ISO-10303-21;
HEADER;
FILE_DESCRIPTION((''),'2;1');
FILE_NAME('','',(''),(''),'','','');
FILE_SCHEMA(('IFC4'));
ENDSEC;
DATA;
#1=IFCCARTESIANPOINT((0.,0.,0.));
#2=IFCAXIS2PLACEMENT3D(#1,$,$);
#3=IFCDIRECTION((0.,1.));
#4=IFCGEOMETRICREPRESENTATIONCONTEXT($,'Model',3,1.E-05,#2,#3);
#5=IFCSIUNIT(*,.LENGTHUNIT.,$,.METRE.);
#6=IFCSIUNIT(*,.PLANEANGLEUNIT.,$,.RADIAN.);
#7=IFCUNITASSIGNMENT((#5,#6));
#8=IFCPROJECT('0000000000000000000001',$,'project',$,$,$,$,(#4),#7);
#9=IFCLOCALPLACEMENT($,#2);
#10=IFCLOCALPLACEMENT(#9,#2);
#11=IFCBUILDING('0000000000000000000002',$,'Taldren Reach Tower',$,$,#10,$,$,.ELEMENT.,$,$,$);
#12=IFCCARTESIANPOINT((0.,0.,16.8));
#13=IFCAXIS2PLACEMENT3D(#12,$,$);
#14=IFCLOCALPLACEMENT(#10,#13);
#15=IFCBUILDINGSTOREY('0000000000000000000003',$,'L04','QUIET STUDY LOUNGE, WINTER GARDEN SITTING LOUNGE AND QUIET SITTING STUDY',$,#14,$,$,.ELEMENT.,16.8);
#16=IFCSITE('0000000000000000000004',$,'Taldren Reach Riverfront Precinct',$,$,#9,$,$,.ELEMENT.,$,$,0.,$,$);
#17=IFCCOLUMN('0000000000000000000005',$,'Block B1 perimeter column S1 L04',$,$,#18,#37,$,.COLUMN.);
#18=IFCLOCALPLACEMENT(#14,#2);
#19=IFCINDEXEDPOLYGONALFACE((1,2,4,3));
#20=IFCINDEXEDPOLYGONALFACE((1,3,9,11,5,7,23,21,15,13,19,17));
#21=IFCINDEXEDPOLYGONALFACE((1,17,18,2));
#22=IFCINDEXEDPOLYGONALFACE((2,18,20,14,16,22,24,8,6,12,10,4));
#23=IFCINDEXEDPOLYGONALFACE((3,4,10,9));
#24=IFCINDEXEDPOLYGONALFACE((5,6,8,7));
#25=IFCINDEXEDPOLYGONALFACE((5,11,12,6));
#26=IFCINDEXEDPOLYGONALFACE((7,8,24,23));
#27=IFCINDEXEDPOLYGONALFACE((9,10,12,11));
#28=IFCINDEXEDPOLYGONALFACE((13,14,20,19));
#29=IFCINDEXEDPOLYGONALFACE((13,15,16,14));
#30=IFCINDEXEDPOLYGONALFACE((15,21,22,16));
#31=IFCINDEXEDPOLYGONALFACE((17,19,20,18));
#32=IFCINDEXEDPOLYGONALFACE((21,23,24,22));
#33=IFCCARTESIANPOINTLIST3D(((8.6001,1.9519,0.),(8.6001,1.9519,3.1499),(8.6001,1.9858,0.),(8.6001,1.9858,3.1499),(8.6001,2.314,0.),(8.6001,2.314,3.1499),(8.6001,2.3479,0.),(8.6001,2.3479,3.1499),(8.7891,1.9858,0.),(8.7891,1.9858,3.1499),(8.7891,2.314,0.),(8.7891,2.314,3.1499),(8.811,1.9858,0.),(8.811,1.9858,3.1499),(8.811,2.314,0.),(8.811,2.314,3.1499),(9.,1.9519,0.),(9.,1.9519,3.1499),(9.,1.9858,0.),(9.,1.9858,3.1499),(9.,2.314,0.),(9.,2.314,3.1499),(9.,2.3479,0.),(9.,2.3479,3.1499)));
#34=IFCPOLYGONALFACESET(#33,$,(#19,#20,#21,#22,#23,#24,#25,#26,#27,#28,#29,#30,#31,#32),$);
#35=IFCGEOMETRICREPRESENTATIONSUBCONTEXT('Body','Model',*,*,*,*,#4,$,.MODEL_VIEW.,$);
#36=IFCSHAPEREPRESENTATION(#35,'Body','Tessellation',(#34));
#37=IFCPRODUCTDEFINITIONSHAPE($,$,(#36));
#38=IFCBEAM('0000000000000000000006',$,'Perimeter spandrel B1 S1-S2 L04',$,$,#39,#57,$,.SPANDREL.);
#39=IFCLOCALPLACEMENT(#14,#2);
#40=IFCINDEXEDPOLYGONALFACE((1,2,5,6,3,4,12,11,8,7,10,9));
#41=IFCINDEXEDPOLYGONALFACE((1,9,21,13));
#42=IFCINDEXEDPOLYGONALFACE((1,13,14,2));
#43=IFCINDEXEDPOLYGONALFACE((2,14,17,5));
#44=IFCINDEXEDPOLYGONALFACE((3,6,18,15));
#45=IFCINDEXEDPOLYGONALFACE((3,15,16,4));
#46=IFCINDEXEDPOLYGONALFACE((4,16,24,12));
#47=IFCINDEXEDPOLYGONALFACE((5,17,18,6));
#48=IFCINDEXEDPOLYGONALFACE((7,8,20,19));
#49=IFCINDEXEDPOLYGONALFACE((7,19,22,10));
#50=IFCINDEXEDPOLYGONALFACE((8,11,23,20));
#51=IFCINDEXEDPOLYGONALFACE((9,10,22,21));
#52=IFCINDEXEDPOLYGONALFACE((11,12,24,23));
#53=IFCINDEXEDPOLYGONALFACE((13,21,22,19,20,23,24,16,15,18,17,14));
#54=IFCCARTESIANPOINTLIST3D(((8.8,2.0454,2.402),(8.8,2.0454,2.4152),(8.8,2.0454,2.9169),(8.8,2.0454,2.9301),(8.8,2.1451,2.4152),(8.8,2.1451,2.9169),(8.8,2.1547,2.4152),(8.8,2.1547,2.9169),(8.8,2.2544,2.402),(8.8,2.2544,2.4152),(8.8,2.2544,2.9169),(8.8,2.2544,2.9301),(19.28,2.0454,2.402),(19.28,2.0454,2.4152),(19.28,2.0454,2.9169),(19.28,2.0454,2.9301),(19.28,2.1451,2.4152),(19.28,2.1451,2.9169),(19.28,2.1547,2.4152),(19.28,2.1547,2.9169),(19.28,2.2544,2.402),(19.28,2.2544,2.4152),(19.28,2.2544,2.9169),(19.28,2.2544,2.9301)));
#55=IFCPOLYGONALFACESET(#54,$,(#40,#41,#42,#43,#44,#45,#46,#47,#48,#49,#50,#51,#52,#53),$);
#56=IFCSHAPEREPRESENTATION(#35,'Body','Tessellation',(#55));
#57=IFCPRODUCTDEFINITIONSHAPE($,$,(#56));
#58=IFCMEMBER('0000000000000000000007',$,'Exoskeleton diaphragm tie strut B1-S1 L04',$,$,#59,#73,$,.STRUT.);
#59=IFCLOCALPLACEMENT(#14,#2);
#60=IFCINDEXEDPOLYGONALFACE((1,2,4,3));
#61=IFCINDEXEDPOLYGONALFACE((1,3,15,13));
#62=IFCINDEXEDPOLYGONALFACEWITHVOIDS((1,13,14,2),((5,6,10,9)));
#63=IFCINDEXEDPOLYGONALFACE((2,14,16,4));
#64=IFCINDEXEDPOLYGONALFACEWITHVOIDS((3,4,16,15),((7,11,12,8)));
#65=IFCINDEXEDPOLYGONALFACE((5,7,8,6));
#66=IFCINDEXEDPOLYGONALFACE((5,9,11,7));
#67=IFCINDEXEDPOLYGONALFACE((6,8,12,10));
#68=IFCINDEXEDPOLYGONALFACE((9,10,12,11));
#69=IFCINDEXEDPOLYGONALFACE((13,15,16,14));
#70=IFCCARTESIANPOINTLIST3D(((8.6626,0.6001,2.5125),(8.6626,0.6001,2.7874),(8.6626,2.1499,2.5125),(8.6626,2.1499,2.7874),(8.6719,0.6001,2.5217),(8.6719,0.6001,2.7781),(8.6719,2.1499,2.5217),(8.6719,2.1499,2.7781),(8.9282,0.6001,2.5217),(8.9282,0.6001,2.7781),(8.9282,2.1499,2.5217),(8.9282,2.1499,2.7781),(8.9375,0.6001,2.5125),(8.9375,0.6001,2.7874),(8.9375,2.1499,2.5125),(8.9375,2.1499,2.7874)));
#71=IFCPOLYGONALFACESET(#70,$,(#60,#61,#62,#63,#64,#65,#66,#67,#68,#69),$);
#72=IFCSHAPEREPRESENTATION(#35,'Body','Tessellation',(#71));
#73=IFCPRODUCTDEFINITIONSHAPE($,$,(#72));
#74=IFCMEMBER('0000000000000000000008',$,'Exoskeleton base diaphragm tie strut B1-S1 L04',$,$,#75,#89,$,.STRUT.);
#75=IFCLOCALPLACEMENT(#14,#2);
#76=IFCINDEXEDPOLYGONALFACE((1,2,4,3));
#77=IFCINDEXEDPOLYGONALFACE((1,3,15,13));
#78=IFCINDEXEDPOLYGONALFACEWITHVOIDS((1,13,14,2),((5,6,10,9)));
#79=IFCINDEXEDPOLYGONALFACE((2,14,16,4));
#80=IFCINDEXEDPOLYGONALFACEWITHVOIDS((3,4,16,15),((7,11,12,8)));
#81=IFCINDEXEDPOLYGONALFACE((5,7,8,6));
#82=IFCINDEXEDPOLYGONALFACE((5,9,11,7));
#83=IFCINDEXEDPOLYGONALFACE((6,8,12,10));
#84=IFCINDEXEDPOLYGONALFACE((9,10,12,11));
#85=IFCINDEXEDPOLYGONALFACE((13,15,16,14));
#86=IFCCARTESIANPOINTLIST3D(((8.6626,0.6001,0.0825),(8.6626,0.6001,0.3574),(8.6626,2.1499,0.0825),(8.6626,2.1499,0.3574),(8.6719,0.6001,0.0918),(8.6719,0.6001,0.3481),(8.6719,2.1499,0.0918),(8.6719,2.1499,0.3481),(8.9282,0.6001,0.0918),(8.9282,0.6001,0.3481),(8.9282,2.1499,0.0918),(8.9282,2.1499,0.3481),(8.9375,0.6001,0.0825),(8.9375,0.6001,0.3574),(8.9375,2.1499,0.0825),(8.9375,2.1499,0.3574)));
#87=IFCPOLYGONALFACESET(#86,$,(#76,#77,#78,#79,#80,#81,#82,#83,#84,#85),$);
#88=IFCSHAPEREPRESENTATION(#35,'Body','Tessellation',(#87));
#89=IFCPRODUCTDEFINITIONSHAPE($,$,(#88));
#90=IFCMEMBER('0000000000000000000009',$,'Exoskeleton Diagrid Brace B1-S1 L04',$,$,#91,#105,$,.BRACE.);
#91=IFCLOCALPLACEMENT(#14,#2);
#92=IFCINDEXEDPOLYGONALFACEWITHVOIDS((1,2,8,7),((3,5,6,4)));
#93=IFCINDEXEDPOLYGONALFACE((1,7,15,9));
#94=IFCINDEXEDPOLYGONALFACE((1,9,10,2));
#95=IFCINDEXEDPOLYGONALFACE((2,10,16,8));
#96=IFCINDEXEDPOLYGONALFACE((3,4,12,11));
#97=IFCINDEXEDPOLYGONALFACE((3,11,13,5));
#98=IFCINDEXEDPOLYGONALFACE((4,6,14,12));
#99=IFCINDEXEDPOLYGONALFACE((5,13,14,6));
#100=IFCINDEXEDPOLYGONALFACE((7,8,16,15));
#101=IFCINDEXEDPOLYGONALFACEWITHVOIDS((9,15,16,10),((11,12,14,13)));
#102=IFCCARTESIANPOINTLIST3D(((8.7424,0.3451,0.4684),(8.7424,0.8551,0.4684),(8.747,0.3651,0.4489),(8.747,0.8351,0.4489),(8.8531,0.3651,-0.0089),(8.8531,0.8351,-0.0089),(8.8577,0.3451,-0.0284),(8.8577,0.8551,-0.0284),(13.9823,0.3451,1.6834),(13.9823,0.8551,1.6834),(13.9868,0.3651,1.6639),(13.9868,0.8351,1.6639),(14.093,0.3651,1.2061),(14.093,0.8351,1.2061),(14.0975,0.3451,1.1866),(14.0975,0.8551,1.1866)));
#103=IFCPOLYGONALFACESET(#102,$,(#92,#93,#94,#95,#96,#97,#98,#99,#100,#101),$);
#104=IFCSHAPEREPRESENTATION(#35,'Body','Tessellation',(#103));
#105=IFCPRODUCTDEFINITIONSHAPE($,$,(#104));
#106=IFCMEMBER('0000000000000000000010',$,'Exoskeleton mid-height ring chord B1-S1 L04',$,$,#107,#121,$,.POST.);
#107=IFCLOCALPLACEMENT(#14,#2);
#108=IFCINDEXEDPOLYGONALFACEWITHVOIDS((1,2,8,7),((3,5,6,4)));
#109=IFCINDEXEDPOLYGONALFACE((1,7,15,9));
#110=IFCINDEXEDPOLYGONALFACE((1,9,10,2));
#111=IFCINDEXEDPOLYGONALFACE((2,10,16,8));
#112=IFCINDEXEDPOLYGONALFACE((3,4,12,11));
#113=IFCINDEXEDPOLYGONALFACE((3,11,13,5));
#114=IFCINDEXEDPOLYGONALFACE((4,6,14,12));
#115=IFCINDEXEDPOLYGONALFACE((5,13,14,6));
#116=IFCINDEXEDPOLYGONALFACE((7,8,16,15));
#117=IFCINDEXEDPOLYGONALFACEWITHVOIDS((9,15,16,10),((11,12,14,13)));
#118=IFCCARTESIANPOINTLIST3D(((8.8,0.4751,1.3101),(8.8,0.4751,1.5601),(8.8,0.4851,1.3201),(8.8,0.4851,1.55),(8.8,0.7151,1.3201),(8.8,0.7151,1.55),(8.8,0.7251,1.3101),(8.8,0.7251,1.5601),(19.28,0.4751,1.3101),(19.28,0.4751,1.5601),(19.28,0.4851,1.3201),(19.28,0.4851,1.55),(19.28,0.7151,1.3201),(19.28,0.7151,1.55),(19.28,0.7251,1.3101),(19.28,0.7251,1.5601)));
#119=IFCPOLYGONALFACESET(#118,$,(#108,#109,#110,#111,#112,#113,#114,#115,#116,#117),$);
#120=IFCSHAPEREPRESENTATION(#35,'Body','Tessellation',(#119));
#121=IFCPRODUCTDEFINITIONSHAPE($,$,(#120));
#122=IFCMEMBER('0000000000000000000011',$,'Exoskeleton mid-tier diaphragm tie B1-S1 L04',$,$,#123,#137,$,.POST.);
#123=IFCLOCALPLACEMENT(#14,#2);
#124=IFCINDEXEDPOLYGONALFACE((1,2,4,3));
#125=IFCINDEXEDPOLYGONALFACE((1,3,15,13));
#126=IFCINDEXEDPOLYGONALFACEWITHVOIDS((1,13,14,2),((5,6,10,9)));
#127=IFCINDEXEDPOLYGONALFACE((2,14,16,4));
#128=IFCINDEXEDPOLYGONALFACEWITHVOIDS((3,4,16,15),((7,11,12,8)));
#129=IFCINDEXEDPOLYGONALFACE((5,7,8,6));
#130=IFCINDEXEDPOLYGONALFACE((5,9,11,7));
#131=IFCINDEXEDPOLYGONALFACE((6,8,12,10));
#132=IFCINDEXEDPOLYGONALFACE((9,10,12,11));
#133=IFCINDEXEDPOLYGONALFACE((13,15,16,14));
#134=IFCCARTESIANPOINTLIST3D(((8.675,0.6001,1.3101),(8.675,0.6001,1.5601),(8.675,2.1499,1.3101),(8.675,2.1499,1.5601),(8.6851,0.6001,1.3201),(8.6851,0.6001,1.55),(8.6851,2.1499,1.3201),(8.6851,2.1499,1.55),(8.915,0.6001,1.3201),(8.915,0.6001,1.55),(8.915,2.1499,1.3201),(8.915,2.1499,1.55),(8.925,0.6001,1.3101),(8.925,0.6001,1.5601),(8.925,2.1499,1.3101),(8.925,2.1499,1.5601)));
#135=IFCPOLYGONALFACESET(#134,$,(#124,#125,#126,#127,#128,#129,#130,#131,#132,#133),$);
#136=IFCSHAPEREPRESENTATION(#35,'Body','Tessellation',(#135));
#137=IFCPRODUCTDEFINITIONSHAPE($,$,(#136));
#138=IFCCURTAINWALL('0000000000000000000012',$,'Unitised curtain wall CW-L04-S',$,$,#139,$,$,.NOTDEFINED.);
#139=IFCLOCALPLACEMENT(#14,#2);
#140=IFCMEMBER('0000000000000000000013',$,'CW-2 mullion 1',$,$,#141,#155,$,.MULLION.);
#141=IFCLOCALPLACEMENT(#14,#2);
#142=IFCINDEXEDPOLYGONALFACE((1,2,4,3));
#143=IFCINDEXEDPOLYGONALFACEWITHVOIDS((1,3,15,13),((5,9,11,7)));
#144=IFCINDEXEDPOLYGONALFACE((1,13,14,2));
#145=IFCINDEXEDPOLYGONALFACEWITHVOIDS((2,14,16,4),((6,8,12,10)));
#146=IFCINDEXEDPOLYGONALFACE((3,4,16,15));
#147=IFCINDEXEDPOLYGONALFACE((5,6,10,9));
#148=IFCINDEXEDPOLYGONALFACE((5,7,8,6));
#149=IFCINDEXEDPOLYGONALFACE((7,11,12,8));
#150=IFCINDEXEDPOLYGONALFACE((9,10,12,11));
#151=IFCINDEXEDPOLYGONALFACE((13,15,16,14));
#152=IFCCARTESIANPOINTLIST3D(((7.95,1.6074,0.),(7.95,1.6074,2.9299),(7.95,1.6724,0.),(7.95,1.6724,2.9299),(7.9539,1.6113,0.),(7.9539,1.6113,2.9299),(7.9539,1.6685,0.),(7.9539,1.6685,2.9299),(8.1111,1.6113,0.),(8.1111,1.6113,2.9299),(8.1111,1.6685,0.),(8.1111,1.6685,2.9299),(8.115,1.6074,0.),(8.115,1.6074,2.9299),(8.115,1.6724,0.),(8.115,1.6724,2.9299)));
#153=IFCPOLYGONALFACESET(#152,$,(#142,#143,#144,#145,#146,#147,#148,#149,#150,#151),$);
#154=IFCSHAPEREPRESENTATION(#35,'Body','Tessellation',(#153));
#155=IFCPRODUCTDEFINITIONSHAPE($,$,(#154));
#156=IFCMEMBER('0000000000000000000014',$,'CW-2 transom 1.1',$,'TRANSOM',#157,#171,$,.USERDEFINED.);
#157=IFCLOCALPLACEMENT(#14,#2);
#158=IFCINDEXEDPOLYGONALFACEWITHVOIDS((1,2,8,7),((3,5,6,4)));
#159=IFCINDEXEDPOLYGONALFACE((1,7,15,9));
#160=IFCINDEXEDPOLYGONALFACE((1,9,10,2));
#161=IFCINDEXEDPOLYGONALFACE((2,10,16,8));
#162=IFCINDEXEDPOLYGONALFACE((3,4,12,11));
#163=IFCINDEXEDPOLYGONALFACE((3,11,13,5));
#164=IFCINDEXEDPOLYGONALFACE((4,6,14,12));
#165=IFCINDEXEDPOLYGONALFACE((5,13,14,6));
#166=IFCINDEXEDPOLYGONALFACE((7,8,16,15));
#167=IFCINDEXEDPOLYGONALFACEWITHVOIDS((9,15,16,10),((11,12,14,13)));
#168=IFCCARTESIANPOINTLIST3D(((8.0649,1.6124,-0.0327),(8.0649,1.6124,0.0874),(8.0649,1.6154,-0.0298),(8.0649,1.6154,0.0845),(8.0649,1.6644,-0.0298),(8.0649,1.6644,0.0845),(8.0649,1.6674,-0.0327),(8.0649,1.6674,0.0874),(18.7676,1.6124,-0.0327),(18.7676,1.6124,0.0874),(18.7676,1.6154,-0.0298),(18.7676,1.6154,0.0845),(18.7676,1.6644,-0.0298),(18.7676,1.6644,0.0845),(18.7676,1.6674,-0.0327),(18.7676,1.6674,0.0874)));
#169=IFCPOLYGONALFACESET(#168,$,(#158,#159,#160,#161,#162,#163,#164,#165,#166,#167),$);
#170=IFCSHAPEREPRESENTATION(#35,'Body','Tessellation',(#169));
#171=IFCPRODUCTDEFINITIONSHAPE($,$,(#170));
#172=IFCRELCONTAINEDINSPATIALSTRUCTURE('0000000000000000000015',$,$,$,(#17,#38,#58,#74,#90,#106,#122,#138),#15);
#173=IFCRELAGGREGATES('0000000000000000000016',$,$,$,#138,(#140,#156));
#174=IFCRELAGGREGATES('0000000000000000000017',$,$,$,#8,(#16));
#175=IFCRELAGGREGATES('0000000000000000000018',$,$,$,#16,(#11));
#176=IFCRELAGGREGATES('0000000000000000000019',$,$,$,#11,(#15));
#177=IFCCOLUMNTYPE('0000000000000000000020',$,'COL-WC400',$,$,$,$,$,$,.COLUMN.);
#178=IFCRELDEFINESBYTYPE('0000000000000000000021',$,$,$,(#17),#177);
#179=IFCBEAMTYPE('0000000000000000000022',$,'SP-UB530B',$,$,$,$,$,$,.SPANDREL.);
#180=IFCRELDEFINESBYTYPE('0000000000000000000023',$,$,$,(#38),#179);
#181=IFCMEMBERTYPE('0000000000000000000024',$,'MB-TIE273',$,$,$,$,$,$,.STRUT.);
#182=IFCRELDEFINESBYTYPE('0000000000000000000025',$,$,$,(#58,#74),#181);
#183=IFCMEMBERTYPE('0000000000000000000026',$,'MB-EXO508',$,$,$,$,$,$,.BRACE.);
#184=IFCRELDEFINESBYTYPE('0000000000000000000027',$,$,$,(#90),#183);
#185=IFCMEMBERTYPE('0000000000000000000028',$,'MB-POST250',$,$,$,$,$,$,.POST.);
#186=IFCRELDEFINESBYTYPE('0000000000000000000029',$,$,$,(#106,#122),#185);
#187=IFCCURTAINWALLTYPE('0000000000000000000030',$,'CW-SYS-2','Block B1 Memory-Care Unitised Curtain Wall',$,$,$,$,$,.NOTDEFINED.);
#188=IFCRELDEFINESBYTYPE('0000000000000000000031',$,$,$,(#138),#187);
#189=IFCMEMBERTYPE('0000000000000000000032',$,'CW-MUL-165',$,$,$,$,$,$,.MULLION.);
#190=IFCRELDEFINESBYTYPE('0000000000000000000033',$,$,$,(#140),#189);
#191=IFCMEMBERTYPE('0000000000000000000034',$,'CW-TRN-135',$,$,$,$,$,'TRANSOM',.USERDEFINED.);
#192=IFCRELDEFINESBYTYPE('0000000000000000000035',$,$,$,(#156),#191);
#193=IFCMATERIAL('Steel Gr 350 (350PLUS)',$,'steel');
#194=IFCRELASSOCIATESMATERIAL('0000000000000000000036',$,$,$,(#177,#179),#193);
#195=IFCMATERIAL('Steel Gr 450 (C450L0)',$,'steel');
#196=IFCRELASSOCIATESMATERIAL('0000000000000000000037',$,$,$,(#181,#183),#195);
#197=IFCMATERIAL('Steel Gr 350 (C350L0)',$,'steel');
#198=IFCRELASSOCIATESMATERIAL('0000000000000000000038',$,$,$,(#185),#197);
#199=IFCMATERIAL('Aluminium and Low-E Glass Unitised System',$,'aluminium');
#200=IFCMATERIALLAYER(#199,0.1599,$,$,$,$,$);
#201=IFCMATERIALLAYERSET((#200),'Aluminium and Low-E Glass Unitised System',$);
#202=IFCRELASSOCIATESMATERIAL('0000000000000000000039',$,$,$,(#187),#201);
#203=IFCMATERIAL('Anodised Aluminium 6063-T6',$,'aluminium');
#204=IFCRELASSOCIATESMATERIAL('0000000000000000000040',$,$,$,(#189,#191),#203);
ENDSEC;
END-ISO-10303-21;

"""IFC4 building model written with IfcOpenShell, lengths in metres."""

from ifc_helpers import new_model, si_unit, direction, frame, origin, origin_2d, place, context, subcontext, project, spatial, hollow_rectangle, i_section, extrude, source, transform, mapped, material, layer, layer_set, material_profile, profile_set, type_object, element, aggregate, save


model = new_model("IFC4")

# Units and contexts
model_context = context("Model", 3, precision=1e-05, world=origin(), true_north=direction((0.0, 1.0)))
body_context = subcontext(model_context, "Body", "Model", "MODEL_VIEW")
ifc_project = project(units=[si_unit("LENGTHUNIT", "METRE"), si_unit("PLANEANGLEUNIT", "RADIAN")], contexts=[model_context])

# Site, building, storey
site_placement = place(None, origin())
site = spatial("IfcSite", under=ifc_project, at=site_placement, Name="Taldren Reach Riverfront Precinct", CompositionType="ELEMENT", RefElevation=0.0)
building_placement = place(site_placement, origin())
building = spatial("IfcBuilding", under=site, at=building_placement, Name="Taldren Reach Tower", CompositionType="ELEMENT")
storey_placement = place(building_placement, frame((0.0, 0.0, 16.8)))
storey = spatial("IfcBuildingStorey", under=building, at=storey_placement, Name="L04", Description="QUIET STUDY LOUNGE, WINTER GARDEN SITTING LOUNGE AND QUIET SITTING STUDY", CompositionType="ELEMENT", Elevation=16.8)

# Column
ifc_material_1 = material(Name="Steel Gr 350 (350PLUS)", Category="steel")
ifc_material_profile_1 = material_profile(ifc_material_1, i_section(OverallWidth=0.3999, OverallDepth=0.396, WebThickness=0.022, FlangeThickness=0.0339, at=origin_2d()), Name="400WC270")
ifc_profile_set_1 = profile_set([ifc_material_profile_1], Name="Steel Gr 350 (350PLUS)")
column_type = type_object("IfcColumnType", Name="COL-WC400", PredefinedType="COLUMN", material=ifc_profile_set_1)
shared_shape_1 = source(origin(), body_context, "Body", "SweptSolid", [
    extrude(i_section(OverallWidth=0.3999, OverallDepth=0.396, WebThickness=0.022, FlangeThickness=0.0339, at=origin_2d()), origin(), (0.0, 0.0, 1.0), 3.1499),
])
column_placement = place(storey_placement, frame((8.8, 2.1499, 0.0), z_axis=(0.0, 0.0, 1.0), x_axis=(1.0, 0.0, 0.0)))
element("IfcColumn", 1, at=column_placement, inside=storey, type_object=column_type, Name="Block B1 perimeter column S1 L04", PredefinedType="COLUMN", context=body_context, shape_type="MappedRepresentation", body=[
    mapped(shared_shape_1, transform((0.0, 0.0, 0.0), scale=1.0)),
])

# Beam
ifc_material_profile_2 = material_profile(ifc_material_1, i_section(OverallWidth=0.209, OverallDepth=0.5281, WebThickness=0.0095, FlangeThickness=0.0132, at=origin_2d()), Name="530UB82.0")
ifc_profile_set_2 = profile_set([ifc_material_profile_2], Name="Steel Gr 350 (350PLUS)")
beam_type = type_object("IfcBeamType", Name="SP-UB530B", PredefinedType="SPANDREL", material=ifc_profile_set_2)
shared_shape_2 = source(origin(), body_context, "Body", "SweptSolid", [
    extrude(i_section(OverallWidth=0.209, OverallDepth=0.5281, WebThickness=0.0095, FlangeThickness=0.0132, at=origin_2d()), origin(), (0.0, 0.0, 1.0), 10.48),
])
beam_placement = place(storey_placement, frame((8.8, 2.1499, 2.666), z_axis=(1.0, 0.0, 0.0), x_axis=(0.0, 1.0, 0.0)))
element("IfcBeam", 2, at=beam_placement, inside=storey, type_object=beam_type, Name="Perimeter spandrel B1 S1-S2 L04", PredefinedType="SPANDREL", context=body_context, shape_type="MappedRepresentation", body=[
    mapped(shared_shape_2, transform((0.0, 0.0, 0.0), scale=1.0)),
])

# Members
ifc_material_2 = material(Name="Steel Gr 450 (C450L0)", Category="steel")
ifc_material_profile_3 = material_profile(ifc_material_2, hollow_rectangle(XDim=0.2749, YDim=0.2749, WallThickness=0.0093, at=origin_2d()), Name="275x275x9.3SHS")
ifc_profile_set_3 = profile_set([ifc_material_profile_3], Name="Steel Gr 450 (C450L0)")
member_type_1 = type_object("IfcMemberType", Name="MB-TIE273", PredefinedType="STRUT", material=ifc_profile_set_3)
shared_shape_3 = source(origin(), body_context, "Body", "SweptSolid", [
    extrude(hollow_rectangle(XDim=0.2749, YDim=0.2749, WallThickness=0.0093, at=origin_2d()), origin(), (0.0, 0.0, 1.0), 1.5498),
])
for number, where, z_axis, x_axis, name in (
    (3, (8.8, 2.1499, 2.6499), (0.0, -1.0, 0.0), (1.0, 0.0, 0.0), "Exoskeleton diaphragm tie strut B1-S1 L04"),
    (4, (8.8, 2.1499, 0.22), (0.0, -1.0, 0.0), (1.0, 0.0, 0.0), "Exoskeleton base diaphragm tie strut B1-S1 L04"),
):
    element("IfcMember", number, at=place(storey_placement, frame(where, z_axis=z_axis, x_axis=x_axis)), inside=storey, type_object=member_type_1, Name=name, PredefinedType="STRUT", context=body_context, shape_type="MappedRepresentation", body=[
        mapped(shared_shape_3, transform((0.0, 0.0, 0.0), scale=1.0)),
    ])
ifc_material_profile_4 = material_profile(ifc_material_2, hollow_rectangle(XDim=0.51, YDim=0.51, WallThickness=0.02, at=origin_2d()), Name="510x510x20.0SHS")
ifc_profile_set_4 = profile_set([ifc_material_profile_4], Name="Steel Gr 450 (C450L0)")
member_type_2 = type_object("IfcMemberType", Name="MB-EXO508", PredefinedType="BRACE", material=ifc_profile_set_4)
shared_shape_4 = source(origin(), body_context, "Body", "SweptSolid", [
    extrude(hollow_rectangle(XDim=0.51, YDim=0.51, WallThickness=0.02, at=origin_2d()), origin(), (0.0, 0.0, 1.0), 5.3789),
])
member_1_placement = place(storey_placement, frame((8.8, 0.6001, 0.22), z_axis=(0.974152, 0.0, 0.225894), x_axis=(0.0, 1.0, 0.0)))
element("IfcMember", 5, at=member_1_placement, inside=storey, type_object=member_type_2, Name="Exoskeleton Diagrid Brace B1-S1 L04", PredefinedType="BRACE", context=body_context, shape_type="MappedRepresentation", body=[
    mapped(shared_shape_4, transform((0.0, 0.0, 0.0), scale=1.0)),
])
ifc_material_3 = material(Name="Steel Gr 350 (C350L0)", Category="steel")
ifc_material_profile_5 = material_profile(ifc_material_3, hollow_rectangle(XDim=0.25, YDim=0.25, WallThickness=0.01, at=origin_2d()), Name="250x250x10.0SHS")
ifc_profile_set_5 = profile_set([ifc_material_profile_5], Name="Steel Gr 350 (C350L0)")
member_type_3 = type_object("IfcMemberType", Name="MB-POST250", PredefinedType="POST", material=ifc_profile_set_5)
shared_shape_5 = source(origin(), body_context, "Body", "SweptSolid", [
    extrude(hollow_rectangle(XDim=0.25, YDim=0.25, WallThickness=0.01, at=origin_2d()), origin(), (0.0, 0.0, 1.0), 10.48),
])
member_2_placement = place(storey_placement, frame((8.8, 0.6001, 1.4351), z_axis=(1.0, 0.0, 0.0), x_axis=(0.0, 1.0, 0.0)))
element("IfcMember", 6, at=member_2_placement, inside=storey, type_object=member_type_3, Name="Exoskeleton mid-height ring chord B1-S1 L04", PredefinedType="POST", context=body_context, shape_type="MappedRepresentation", body=[
    mapped(shared_shape_5, transform((0.0, 0.0, 0.0), scale=1.0)),
])
shared_shape_6 = source(origin(), body_context, "Body", "SweptSolid", [
    extrude(hollow_rectangle(XDim=0.25, YDim=0.25, WallThickness=0.01, at=origin_2d()), origin(), (0.0, 0.0, 1.0), 1.5498),
])
member_3_placement = place(storey_placement, frame((8.8, 2.1499, 1.4351), z_axis=(0.0, -1.0, 0.0), x_axis=(1.0, 0.0, 0.0)))
element("IfcMember", 7, at=member_3_placement, inside=storey, type_object=member_type_3, Name="Exoskeleton mid-tier diaphragm tie B1-S1 L04", PredefinedType="POST", context=body_context, shape_type="MappedRepresentation", body=[
    mapped(shared_shape_6, transform((0.0, 0.0, 0.0), scale=1.0)),
])

# Curtain wall, members
ifc_material_4 = material(Name="Aluminium and Low-E Glass Unitised System", Category="aluminium")
ifc_layer_1 = layer(ifc_material_4, 0.1599)
ifc_layer_set_1 = layer_set([ifc_layer_1], Name="Aluminium and Low-E Glass Unitised System")
curtain_wall_type = type_object("IfcCurtainWallType", Name="CW-SYS-2", Description="Block B1 Memory-Care Unitised Curtain Wall", PredefinedType="NOTDEFINED", material=ifc_layer_set_1)
curtain_wall_placement = place(storey_placement, origin())
curtain_wall = element("IfcCurtainWall", 8, at=curtain_wall_placement, inside=storey, type_object=curtain_wall_type, Name="Unitised curtain wall CW-L04-S", PredefinedType="NOTDEFINED")
ifc_material_5 = material(Name="Anodised Aluminium 6063-T6", Category="aluminium")
ifc_material_profile_6 = material_profile(ifc_material_5, hollow_rectangle(XDim=0.0649, YDim=0.165, WallThickness=0.0039, at=origin_2d()), Name="ALU-165x65x4RHS")
ifc_profile_set_6 = profile_set([ifc_material_profile_6], Name="Anodised Aluminium 6063-T6")
member_type_4 = type_object("IfcMemberType", Name="CW-MUL-165", PredefinedType="MULLION", material=ifc_profile_set_6)
shared_shape_7 = source(origin(), body_context, "Body", "SweptSolid", [
    extrude(hollow_rectangle(XDim=0.0649, YDim=0.165, WallThickness=0.0039, at=origin_2d()), origin(), (0.0, 0.0, 1.0), 2.9299),
])
member_4_placement = place(storey_placement, frame((8.0325, 1.6399, 0.0), z_axis=(0.0, 0.0, 1.0), x_axis=(0.0, 1.0, 0.0)))
member_4 = element("IfcMember", 9, at=member_4_placement, type_object=member_type_4, Name="CW-2 mullion 1", PredefinedType="MULLION", context=body_context, shape_type="MappedRepresentation", body=[
    mapped(shared_shape_7, transform((0.0, 0.0, 0.0), scale=1.0)),
])
ifc_material_profile_7 = material_profile(ifc_material_5, hollow_rectangle(XDim=0.0549, YDim=0.1201, WallThickness=0.0029, at=origin_2d()), Name="ALU-120x55x3RHS")
ifc_profile_set_7 = profile_set([ifc_material_profile_7], Name="Anodised Aluminium 6063-T6")
member_type_5 = type_object("IfcMemberType", Name="CW-TRN-135", ElementType="TRANSOM", PredefinedType="USERDEFINED", material=ifc_profile_set_7)
shared_shape_8 = source(origin(), body_context, "Body", "SweptSolid", [
    extrude(hollow_rectangle(XDim=0.0549, YDim=0.1201, WallThickness=0.0029, at=origin_2d()), origin(), (0.0, 0.0, 1.0), 10.7026),
])
member_5_placement = place(storey_placement, frame((8.0649, 1.6399, 0.0273), z_axis=(1.0, 0.0, 0.0), x_axis=(0.0, 1.0, 0.0)))
member_5 = element("IfcMember", 10, at=member_5_placement, type_object=member_type_5, Name="CW-2 transom 1.1", ObjectType="TRANSOM", PredefinedType="USERDEFINED", context=body_context, shape_type="MappedRepresentation", body=[
    mapped(shared_shape_8, transform((0.0, 0.0, 0.0), scale=1.0)),
])

aggregate(curtain_wall, [member_4, member_5])

save(model, "model.ifc")
